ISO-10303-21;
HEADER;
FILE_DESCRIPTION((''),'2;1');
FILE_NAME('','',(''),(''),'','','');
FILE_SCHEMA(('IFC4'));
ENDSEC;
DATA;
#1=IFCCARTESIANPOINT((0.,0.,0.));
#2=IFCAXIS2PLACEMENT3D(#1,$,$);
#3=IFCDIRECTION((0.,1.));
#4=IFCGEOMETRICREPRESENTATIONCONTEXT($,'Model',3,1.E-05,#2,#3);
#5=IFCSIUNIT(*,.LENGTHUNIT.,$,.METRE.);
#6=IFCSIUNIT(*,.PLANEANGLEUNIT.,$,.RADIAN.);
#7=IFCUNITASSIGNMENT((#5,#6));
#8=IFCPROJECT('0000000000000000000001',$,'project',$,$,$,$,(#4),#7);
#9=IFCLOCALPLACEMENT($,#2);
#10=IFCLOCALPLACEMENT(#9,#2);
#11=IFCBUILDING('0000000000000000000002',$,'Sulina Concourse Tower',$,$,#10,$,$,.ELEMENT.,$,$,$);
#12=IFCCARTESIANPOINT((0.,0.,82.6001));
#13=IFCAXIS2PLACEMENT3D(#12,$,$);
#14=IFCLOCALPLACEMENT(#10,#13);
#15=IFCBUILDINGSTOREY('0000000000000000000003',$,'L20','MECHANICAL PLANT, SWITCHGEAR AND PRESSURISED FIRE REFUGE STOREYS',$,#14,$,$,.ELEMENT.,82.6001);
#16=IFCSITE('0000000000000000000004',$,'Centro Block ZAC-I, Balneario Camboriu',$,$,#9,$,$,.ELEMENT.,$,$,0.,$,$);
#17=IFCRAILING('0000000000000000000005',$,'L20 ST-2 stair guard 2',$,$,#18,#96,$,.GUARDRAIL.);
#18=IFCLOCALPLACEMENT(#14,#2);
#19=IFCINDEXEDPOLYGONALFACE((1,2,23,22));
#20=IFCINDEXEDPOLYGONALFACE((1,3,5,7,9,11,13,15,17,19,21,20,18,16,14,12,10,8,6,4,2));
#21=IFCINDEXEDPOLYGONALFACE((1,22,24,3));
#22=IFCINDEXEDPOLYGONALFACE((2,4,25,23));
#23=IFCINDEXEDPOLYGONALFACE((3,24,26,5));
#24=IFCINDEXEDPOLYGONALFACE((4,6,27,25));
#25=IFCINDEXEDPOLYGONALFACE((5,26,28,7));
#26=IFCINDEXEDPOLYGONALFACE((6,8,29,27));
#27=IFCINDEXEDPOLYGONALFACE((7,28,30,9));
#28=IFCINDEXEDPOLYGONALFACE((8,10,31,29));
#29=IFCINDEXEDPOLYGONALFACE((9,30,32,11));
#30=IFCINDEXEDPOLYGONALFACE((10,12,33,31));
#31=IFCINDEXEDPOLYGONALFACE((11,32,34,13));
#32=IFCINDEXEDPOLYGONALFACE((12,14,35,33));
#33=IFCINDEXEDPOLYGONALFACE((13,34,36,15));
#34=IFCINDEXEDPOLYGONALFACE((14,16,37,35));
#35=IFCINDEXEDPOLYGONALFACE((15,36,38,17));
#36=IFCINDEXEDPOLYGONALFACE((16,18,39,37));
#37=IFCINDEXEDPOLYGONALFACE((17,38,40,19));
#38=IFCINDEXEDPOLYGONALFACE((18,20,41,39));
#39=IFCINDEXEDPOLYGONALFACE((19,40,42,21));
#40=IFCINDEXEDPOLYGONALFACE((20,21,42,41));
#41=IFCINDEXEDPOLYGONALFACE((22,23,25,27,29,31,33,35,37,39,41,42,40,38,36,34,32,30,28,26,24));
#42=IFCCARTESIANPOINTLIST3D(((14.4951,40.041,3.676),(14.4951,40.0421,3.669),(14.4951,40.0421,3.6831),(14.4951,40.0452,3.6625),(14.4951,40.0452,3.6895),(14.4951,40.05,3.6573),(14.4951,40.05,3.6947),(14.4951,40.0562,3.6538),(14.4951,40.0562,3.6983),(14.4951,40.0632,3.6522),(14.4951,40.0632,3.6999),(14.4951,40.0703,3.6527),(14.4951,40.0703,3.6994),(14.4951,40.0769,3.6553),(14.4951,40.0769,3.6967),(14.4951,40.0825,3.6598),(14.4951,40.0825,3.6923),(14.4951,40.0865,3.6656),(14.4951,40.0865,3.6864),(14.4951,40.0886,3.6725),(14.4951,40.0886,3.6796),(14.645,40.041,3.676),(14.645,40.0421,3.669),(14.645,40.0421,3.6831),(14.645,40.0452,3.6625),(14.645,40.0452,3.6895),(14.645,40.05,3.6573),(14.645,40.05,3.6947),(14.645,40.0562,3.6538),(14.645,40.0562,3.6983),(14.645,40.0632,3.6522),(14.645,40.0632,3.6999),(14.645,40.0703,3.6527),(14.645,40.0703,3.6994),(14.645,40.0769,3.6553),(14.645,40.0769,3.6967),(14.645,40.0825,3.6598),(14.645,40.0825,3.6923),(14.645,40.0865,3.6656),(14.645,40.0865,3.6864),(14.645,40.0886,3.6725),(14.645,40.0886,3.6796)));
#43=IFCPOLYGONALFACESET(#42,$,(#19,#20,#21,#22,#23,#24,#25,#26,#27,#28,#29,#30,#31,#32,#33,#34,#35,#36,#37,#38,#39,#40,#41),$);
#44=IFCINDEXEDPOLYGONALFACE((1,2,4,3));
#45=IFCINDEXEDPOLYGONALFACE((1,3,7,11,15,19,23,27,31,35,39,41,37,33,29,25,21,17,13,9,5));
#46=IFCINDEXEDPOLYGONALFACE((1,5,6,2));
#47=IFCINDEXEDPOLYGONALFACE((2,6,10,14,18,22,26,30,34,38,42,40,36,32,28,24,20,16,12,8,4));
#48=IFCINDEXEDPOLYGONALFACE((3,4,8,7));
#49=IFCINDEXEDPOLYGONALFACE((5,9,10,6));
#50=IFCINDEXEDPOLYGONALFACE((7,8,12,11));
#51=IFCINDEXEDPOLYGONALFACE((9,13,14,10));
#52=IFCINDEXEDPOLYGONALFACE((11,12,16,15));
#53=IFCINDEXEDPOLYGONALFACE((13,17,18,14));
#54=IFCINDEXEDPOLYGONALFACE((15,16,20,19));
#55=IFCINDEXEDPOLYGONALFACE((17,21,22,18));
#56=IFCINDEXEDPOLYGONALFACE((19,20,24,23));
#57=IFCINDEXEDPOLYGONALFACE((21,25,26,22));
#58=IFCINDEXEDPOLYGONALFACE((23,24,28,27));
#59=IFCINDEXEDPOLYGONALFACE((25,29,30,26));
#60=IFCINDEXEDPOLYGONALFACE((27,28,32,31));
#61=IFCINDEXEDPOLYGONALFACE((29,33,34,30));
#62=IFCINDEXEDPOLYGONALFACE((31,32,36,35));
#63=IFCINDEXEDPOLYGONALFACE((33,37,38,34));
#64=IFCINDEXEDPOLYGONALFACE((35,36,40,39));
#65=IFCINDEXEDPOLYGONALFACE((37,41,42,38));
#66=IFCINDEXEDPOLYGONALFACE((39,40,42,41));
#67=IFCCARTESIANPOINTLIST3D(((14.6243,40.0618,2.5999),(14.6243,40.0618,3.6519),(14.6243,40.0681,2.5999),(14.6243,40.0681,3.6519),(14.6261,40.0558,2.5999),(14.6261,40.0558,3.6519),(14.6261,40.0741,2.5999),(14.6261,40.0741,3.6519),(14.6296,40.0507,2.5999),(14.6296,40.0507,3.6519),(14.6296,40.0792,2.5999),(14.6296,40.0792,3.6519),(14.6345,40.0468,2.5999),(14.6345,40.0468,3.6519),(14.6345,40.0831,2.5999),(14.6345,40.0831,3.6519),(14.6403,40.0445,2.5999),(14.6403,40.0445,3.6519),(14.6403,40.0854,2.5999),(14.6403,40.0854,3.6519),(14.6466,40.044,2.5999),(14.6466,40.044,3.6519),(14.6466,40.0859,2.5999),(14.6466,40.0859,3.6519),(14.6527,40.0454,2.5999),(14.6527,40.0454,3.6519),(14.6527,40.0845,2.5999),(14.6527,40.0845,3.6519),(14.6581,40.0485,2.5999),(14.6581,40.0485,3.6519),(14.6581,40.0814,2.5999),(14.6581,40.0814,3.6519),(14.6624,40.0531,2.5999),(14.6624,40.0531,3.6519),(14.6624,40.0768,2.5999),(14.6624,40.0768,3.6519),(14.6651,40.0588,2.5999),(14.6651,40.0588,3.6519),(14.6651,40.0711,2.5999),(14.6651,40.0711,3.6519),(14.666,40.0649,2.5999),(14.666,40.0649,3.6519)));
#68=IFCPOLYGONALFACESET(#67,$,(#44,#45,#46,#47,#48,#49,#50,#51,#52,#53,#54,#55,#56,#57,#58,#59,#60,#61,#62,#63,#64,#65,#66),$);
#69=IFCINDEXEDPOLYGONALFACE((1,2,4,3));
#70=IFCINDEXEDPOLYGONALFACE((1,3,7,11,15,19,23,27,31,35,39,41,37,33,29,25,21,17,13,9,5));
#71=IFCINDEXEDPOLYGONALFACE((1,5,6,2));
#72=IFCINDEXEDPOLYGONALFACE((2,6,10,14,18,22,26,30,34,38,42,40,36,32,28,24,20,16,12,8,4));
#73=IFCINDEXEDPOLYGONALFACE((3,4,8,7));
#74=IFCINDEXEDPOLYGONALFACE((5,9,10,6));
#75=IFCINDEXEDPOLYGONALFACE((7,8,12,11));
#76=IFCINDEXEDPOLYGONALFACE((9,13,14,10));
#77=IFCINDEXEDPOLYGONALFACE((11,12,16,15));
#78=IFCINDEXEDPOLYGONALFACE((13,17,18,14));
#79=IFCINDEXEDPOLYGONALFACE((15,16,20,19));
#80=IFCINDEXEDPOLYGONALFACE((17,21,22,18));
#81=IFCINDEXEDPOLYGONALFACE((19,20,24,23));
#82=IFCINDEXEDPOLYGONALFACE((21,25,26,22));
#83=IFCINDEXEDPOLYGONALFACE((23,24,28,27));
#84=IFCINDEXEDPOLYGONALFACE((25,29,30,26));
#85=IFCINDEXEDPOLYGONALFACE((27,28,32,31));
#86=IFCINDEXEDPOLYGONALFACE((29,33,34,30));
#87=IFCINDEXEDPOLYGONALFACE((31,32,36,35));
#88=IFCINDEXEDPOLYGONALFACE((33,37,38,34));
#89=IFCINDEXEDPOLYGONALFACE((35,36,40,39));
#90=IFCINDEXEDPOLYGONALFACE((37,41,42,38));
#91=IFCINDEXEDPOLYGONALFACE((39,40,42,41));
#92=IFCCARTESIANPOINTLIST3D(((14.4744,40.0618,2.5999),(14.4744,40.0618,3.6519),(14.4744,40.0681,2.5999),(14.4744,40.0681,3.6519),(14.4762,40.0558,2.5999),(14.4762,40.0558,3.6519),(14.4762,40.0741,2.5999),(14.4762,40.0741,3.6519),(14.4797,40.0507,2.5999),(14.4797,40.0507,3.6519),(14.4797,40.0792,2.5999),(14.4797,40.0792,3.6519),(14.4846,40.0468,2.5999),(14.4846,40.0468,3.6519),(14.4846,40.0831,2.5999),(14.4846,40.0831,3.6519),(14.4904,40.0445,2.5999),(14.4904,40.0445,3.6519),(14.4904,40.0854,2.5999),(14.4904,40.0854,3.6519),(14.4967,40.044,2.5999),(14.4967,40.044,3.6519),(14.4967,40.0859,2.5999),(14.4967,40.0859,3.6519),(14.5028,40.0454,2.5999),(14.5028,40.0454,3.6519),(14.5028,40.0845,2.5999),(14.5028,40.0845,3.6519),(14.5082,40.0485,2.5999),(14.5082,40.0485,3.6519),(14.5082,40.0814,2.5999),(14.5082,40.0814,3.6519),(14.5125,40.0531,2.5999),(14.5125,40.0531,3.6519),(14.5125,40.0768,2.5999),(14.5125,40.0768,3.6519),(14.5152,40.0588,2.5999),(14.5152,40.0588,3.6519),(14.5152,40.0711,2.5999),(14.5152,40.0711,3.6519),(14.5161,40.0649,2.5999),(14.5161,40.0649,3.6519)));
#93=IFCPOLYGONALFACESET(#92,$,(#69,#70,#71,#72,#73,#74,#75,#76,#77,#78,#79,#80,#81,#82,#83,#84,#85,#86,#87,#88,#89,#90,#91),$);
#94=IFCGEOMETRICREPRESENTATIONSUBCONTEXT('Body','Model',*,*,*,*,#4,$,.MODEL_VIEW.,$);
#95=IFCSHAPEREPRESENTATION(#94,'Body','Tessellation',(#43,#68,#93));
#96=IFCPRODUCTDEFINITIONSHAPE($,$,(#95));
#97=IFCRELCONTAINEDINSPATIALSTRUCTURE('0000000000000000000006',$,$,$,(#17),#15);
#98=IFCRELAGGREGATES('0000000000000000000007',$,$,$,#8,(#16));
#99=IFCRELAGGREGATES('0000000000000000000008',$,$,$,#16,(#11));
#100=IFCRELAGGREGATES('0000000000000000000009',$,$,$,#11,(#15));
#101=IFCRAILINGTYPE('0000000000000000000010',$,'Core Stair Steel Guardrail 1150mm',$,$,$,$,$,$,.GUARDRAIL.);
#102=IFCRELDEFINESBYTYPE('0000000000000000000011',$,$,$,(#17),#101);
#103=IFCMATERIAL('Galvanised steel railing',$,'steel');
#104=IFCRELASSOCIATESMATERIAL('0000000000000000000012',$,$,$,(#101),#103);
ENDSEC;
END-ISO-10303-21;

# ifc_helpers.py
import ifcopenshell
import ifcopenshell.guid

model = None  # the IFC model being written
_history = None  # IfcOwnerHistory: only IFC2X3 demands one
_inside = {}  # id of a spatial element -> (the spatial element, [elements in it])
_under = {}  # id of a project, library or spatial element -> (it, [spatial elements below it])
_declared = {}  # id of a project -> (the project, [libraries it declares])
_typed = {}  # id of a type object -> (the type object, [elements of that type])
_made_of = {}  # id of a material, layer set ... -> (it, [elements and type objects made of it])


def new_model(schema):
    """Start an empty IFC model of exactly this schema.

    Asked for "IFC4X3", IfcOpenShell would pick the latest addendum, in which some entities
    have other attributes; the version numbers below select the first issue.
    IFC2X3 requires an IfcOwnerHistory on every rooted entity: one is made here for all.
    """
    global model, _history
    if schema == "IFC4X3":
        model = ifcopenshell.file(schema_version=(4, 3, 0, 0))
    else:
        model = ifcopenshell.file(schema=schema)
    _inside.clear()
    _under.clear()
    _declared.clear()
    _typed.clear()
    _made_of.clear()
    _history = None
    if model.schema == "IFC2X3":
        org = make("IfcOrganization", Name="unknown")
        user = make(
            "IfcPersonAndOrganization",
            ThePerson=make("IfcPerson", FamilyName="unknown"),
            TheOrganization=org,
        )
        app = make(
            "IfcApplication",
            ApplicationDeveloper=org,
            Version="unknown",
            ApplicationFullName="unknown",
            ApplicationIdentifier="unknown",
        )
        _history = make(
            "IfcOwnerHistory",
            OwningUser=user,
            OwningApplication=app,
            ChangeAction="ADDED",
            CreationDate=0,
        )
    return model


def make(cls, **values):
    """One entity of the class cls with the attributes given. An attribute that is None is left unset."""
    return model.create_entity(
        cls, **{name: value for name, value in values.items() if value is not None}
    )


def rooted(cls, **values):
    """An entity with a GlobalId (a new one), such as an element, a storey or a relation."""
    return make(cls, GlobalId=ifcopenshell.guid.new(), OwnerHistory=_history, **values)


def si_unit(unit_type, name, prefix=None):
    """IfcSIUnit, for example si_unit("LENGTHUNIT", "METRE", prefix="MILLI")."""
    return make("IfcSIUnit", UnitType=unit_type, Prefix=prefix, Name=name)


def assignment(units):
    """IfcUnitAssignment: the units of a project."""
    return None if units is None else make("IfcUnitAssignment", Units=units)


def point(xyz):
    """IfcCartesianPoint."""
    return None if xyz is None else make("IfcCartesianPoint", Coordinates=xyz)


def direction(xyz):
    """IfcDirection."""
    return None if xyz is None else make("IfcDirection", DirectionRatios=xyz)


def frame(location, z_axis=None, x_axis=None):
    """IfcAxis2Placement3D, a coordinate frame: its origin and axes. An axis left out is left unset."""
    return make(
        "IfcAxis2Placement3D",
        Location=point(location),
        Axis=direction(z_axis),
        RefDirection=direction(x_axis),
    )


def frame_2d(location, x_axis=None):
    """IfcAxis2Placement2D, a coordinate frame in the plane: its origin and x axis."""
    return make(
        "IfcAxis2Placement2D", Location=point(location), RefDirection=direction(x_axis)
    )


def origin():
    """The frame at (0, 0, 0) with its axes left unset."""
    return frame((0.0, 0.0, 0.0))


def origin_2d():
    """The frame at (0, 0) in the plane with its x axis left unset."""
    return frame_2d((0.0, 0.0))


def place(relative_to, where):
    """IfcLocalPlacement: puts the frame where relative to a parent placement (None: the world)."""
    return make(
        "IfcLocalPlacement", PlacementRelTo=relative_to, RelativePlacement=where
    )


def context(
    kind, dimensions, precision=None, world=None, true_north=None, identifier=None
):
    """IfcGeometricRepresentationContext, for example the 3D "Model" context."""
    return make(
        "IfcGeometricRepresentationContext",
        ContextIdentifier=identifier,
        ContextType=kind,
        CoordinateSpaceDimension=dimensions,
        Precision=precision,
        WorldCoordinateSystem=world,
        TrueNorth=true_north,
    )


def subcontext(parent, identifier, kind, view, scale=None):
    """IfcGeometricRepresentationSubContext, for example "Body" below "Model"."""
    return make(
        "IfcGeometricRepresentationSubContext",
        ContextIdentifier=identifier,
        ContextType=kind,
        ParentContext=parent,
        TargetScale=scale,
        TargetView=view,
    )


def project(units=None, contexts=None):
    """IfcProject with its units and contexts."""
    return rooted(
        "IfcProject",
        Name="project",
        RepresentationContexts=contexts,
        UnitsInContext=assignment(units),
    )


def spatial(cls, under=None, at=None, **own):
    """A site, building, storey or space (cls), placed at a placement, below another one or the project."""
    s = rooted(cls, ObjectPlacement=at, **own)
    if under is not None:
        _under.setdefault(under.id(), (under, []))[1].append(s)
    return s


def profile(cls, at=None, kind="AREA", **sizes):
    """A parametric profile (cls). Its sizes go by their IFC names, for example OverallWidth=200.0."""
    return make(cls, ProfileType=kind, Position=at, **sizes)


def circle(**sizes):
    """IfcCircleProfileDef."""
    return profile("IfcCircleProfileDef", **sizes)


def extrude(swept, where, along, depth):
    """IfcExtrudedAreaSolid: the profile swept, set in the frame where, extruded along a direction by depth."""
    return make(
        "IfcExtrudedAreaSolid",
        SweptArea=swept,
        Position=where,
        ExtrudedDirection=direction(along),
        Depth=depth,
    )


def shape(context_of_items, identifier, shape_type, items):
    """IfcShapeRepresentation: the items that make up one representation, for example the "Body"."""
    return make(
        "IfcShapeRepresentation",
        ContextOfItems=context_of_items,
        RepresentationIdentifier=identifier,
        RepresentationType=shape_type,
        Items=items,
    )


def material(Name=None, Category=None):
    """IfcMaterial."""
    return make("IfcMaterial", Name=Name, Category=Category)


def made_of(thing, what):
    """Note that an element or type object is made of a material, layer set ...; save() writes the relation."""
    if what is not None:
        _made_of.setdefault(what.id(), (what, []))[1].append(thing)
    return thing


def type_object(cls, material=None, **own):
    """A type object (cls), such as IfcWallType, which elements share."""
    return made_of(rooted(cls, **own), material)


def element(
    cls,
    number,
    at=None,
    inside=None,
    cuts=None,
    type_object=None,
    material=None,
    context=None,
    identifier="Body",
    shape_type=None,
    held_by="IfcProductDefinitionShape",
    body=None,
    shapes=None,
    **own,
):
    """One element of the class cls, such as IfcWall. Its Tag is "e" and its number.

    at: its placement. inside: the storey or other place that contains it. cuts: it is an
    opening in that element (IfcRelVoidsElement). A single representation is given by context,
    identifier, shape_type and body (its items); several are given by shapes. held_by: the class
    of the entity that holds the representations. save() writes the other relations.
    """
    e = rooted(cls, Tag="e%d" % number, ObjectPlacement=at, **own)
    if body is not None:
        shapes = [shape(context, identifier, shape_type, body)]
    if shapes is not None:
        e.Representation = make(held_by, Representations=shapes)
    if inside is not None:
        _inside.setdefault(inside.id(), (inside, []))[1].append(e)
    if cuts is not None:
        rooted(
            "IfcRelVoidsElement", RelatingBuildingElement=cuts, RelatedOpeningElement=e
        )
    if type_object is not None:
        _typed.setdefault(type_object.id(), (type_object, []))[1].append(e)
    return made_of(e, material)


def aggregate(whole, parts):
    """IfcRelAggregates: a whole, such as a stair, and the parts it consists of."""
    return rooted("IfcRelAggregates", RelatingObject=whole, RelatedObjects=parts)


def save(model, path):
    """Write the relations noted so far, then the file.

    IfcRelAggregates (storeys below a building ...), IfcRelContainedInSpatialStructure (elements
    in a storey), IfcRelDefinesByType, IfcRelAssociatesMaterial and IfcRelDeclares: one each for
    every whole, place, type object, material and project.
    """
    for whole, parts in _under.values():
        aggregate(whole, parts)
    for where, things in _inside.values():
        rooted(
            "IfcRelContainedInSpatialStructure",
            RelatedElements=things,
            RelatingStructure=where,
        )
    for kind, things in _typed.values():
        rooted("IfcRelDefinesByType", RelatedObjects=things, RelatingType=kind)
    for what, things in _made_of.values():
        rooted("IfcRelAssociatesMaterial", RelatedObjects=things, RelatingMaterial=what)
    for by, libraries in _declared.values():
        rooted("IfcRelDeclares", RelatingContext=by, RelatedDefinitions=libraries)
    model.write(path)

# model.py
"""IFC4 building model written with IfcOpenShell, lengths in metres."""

from ifc_helpers import new_model, si_unit, direction, frame, origin, origin_2d, place, context, subcontext, project, spatial, circle, extrude, material, type_object, element, save


model = new_model("IFC4")

# Units and contexts
model_context = context("Model", 3, precision=1e-05, world=origin(), true_north=direction((0.0, 1.0)))
body_context = subcontext(model_context, "Body", "Model", "MODEL_VIEW")
ifc_project = project(units=[si_unit("LENGTHUNIT", "METRE"), si_unit("PLANEANGLEUNIT", "RADIAN")], contexts=[model_context])

# Site, building, storey
site_placement = place(None, origin())
site = spatial("IfcSite", under=ifc_project, at=site_placement, Name="Centro Block ZAC-I, Balneario Camboriu", CompositionType="ELEMENT", RefElevation=0.0)
building_placement = place(site_placement, origin())
building = spatial("IfcBuilding", under=site, at=building_placement, Name="Sulina Concourse Tower", CompositionType="ELEMENT")
storey_placement = place(building_placement, frame((0.0, 0.0, 82.6001)))
storey = spatial("IfcBuildingStorey", under=building, at=storey_placement, Name="L20", Description="MECHANICAL PLANT, SWITCHGEAR AND PRESSURISED FIRE REFUGE STOREYS", CompositionType="ELEMENT", Elevation=82.6001)

# Railing
ifc_material_1 = material(Name="Galvanised steel railing", Category="steel")
railing_type_1 = type_object("IfcRailingType", Name="Core Stair Steel Guardrail 1150mm", PredefinedType="GUARDRAIL", material=ifc_material_1)
railing_1_placement = place(storey_placement, frame((14.645, 40.0649, 2.5999)))
element("IfcRailing", 1, at=railing_1_placement, inside=storey, type_object=railing_type_1, Name="L20 ST-2 stair guard 2", PredefinedType="GUARDRAIL", context=body_context, shape_type="SweptSolid", body=[
    extrude(circle(Radius=0.0239, at=origin_2d()), frame((0.0, 0.0, 1.0762), z_axis=(-1.0, 0.0, 0.0), x_axis=(0.0, -1.0, 0.0)), (0.0, 0.0, 1.0), 0.1499),
    extrude(circle(Radius=0.021, at=origin_2d()), origin(), (0.0, 0.0, 1.0), 1.052),
    extrude(circle(Radius=0.021, at=origin_2d()), frame((-0.1499, 0.0, 0.0)), (0.0, 0.0, 1.0), 1.052),
])

save(model, "model.ifc")
